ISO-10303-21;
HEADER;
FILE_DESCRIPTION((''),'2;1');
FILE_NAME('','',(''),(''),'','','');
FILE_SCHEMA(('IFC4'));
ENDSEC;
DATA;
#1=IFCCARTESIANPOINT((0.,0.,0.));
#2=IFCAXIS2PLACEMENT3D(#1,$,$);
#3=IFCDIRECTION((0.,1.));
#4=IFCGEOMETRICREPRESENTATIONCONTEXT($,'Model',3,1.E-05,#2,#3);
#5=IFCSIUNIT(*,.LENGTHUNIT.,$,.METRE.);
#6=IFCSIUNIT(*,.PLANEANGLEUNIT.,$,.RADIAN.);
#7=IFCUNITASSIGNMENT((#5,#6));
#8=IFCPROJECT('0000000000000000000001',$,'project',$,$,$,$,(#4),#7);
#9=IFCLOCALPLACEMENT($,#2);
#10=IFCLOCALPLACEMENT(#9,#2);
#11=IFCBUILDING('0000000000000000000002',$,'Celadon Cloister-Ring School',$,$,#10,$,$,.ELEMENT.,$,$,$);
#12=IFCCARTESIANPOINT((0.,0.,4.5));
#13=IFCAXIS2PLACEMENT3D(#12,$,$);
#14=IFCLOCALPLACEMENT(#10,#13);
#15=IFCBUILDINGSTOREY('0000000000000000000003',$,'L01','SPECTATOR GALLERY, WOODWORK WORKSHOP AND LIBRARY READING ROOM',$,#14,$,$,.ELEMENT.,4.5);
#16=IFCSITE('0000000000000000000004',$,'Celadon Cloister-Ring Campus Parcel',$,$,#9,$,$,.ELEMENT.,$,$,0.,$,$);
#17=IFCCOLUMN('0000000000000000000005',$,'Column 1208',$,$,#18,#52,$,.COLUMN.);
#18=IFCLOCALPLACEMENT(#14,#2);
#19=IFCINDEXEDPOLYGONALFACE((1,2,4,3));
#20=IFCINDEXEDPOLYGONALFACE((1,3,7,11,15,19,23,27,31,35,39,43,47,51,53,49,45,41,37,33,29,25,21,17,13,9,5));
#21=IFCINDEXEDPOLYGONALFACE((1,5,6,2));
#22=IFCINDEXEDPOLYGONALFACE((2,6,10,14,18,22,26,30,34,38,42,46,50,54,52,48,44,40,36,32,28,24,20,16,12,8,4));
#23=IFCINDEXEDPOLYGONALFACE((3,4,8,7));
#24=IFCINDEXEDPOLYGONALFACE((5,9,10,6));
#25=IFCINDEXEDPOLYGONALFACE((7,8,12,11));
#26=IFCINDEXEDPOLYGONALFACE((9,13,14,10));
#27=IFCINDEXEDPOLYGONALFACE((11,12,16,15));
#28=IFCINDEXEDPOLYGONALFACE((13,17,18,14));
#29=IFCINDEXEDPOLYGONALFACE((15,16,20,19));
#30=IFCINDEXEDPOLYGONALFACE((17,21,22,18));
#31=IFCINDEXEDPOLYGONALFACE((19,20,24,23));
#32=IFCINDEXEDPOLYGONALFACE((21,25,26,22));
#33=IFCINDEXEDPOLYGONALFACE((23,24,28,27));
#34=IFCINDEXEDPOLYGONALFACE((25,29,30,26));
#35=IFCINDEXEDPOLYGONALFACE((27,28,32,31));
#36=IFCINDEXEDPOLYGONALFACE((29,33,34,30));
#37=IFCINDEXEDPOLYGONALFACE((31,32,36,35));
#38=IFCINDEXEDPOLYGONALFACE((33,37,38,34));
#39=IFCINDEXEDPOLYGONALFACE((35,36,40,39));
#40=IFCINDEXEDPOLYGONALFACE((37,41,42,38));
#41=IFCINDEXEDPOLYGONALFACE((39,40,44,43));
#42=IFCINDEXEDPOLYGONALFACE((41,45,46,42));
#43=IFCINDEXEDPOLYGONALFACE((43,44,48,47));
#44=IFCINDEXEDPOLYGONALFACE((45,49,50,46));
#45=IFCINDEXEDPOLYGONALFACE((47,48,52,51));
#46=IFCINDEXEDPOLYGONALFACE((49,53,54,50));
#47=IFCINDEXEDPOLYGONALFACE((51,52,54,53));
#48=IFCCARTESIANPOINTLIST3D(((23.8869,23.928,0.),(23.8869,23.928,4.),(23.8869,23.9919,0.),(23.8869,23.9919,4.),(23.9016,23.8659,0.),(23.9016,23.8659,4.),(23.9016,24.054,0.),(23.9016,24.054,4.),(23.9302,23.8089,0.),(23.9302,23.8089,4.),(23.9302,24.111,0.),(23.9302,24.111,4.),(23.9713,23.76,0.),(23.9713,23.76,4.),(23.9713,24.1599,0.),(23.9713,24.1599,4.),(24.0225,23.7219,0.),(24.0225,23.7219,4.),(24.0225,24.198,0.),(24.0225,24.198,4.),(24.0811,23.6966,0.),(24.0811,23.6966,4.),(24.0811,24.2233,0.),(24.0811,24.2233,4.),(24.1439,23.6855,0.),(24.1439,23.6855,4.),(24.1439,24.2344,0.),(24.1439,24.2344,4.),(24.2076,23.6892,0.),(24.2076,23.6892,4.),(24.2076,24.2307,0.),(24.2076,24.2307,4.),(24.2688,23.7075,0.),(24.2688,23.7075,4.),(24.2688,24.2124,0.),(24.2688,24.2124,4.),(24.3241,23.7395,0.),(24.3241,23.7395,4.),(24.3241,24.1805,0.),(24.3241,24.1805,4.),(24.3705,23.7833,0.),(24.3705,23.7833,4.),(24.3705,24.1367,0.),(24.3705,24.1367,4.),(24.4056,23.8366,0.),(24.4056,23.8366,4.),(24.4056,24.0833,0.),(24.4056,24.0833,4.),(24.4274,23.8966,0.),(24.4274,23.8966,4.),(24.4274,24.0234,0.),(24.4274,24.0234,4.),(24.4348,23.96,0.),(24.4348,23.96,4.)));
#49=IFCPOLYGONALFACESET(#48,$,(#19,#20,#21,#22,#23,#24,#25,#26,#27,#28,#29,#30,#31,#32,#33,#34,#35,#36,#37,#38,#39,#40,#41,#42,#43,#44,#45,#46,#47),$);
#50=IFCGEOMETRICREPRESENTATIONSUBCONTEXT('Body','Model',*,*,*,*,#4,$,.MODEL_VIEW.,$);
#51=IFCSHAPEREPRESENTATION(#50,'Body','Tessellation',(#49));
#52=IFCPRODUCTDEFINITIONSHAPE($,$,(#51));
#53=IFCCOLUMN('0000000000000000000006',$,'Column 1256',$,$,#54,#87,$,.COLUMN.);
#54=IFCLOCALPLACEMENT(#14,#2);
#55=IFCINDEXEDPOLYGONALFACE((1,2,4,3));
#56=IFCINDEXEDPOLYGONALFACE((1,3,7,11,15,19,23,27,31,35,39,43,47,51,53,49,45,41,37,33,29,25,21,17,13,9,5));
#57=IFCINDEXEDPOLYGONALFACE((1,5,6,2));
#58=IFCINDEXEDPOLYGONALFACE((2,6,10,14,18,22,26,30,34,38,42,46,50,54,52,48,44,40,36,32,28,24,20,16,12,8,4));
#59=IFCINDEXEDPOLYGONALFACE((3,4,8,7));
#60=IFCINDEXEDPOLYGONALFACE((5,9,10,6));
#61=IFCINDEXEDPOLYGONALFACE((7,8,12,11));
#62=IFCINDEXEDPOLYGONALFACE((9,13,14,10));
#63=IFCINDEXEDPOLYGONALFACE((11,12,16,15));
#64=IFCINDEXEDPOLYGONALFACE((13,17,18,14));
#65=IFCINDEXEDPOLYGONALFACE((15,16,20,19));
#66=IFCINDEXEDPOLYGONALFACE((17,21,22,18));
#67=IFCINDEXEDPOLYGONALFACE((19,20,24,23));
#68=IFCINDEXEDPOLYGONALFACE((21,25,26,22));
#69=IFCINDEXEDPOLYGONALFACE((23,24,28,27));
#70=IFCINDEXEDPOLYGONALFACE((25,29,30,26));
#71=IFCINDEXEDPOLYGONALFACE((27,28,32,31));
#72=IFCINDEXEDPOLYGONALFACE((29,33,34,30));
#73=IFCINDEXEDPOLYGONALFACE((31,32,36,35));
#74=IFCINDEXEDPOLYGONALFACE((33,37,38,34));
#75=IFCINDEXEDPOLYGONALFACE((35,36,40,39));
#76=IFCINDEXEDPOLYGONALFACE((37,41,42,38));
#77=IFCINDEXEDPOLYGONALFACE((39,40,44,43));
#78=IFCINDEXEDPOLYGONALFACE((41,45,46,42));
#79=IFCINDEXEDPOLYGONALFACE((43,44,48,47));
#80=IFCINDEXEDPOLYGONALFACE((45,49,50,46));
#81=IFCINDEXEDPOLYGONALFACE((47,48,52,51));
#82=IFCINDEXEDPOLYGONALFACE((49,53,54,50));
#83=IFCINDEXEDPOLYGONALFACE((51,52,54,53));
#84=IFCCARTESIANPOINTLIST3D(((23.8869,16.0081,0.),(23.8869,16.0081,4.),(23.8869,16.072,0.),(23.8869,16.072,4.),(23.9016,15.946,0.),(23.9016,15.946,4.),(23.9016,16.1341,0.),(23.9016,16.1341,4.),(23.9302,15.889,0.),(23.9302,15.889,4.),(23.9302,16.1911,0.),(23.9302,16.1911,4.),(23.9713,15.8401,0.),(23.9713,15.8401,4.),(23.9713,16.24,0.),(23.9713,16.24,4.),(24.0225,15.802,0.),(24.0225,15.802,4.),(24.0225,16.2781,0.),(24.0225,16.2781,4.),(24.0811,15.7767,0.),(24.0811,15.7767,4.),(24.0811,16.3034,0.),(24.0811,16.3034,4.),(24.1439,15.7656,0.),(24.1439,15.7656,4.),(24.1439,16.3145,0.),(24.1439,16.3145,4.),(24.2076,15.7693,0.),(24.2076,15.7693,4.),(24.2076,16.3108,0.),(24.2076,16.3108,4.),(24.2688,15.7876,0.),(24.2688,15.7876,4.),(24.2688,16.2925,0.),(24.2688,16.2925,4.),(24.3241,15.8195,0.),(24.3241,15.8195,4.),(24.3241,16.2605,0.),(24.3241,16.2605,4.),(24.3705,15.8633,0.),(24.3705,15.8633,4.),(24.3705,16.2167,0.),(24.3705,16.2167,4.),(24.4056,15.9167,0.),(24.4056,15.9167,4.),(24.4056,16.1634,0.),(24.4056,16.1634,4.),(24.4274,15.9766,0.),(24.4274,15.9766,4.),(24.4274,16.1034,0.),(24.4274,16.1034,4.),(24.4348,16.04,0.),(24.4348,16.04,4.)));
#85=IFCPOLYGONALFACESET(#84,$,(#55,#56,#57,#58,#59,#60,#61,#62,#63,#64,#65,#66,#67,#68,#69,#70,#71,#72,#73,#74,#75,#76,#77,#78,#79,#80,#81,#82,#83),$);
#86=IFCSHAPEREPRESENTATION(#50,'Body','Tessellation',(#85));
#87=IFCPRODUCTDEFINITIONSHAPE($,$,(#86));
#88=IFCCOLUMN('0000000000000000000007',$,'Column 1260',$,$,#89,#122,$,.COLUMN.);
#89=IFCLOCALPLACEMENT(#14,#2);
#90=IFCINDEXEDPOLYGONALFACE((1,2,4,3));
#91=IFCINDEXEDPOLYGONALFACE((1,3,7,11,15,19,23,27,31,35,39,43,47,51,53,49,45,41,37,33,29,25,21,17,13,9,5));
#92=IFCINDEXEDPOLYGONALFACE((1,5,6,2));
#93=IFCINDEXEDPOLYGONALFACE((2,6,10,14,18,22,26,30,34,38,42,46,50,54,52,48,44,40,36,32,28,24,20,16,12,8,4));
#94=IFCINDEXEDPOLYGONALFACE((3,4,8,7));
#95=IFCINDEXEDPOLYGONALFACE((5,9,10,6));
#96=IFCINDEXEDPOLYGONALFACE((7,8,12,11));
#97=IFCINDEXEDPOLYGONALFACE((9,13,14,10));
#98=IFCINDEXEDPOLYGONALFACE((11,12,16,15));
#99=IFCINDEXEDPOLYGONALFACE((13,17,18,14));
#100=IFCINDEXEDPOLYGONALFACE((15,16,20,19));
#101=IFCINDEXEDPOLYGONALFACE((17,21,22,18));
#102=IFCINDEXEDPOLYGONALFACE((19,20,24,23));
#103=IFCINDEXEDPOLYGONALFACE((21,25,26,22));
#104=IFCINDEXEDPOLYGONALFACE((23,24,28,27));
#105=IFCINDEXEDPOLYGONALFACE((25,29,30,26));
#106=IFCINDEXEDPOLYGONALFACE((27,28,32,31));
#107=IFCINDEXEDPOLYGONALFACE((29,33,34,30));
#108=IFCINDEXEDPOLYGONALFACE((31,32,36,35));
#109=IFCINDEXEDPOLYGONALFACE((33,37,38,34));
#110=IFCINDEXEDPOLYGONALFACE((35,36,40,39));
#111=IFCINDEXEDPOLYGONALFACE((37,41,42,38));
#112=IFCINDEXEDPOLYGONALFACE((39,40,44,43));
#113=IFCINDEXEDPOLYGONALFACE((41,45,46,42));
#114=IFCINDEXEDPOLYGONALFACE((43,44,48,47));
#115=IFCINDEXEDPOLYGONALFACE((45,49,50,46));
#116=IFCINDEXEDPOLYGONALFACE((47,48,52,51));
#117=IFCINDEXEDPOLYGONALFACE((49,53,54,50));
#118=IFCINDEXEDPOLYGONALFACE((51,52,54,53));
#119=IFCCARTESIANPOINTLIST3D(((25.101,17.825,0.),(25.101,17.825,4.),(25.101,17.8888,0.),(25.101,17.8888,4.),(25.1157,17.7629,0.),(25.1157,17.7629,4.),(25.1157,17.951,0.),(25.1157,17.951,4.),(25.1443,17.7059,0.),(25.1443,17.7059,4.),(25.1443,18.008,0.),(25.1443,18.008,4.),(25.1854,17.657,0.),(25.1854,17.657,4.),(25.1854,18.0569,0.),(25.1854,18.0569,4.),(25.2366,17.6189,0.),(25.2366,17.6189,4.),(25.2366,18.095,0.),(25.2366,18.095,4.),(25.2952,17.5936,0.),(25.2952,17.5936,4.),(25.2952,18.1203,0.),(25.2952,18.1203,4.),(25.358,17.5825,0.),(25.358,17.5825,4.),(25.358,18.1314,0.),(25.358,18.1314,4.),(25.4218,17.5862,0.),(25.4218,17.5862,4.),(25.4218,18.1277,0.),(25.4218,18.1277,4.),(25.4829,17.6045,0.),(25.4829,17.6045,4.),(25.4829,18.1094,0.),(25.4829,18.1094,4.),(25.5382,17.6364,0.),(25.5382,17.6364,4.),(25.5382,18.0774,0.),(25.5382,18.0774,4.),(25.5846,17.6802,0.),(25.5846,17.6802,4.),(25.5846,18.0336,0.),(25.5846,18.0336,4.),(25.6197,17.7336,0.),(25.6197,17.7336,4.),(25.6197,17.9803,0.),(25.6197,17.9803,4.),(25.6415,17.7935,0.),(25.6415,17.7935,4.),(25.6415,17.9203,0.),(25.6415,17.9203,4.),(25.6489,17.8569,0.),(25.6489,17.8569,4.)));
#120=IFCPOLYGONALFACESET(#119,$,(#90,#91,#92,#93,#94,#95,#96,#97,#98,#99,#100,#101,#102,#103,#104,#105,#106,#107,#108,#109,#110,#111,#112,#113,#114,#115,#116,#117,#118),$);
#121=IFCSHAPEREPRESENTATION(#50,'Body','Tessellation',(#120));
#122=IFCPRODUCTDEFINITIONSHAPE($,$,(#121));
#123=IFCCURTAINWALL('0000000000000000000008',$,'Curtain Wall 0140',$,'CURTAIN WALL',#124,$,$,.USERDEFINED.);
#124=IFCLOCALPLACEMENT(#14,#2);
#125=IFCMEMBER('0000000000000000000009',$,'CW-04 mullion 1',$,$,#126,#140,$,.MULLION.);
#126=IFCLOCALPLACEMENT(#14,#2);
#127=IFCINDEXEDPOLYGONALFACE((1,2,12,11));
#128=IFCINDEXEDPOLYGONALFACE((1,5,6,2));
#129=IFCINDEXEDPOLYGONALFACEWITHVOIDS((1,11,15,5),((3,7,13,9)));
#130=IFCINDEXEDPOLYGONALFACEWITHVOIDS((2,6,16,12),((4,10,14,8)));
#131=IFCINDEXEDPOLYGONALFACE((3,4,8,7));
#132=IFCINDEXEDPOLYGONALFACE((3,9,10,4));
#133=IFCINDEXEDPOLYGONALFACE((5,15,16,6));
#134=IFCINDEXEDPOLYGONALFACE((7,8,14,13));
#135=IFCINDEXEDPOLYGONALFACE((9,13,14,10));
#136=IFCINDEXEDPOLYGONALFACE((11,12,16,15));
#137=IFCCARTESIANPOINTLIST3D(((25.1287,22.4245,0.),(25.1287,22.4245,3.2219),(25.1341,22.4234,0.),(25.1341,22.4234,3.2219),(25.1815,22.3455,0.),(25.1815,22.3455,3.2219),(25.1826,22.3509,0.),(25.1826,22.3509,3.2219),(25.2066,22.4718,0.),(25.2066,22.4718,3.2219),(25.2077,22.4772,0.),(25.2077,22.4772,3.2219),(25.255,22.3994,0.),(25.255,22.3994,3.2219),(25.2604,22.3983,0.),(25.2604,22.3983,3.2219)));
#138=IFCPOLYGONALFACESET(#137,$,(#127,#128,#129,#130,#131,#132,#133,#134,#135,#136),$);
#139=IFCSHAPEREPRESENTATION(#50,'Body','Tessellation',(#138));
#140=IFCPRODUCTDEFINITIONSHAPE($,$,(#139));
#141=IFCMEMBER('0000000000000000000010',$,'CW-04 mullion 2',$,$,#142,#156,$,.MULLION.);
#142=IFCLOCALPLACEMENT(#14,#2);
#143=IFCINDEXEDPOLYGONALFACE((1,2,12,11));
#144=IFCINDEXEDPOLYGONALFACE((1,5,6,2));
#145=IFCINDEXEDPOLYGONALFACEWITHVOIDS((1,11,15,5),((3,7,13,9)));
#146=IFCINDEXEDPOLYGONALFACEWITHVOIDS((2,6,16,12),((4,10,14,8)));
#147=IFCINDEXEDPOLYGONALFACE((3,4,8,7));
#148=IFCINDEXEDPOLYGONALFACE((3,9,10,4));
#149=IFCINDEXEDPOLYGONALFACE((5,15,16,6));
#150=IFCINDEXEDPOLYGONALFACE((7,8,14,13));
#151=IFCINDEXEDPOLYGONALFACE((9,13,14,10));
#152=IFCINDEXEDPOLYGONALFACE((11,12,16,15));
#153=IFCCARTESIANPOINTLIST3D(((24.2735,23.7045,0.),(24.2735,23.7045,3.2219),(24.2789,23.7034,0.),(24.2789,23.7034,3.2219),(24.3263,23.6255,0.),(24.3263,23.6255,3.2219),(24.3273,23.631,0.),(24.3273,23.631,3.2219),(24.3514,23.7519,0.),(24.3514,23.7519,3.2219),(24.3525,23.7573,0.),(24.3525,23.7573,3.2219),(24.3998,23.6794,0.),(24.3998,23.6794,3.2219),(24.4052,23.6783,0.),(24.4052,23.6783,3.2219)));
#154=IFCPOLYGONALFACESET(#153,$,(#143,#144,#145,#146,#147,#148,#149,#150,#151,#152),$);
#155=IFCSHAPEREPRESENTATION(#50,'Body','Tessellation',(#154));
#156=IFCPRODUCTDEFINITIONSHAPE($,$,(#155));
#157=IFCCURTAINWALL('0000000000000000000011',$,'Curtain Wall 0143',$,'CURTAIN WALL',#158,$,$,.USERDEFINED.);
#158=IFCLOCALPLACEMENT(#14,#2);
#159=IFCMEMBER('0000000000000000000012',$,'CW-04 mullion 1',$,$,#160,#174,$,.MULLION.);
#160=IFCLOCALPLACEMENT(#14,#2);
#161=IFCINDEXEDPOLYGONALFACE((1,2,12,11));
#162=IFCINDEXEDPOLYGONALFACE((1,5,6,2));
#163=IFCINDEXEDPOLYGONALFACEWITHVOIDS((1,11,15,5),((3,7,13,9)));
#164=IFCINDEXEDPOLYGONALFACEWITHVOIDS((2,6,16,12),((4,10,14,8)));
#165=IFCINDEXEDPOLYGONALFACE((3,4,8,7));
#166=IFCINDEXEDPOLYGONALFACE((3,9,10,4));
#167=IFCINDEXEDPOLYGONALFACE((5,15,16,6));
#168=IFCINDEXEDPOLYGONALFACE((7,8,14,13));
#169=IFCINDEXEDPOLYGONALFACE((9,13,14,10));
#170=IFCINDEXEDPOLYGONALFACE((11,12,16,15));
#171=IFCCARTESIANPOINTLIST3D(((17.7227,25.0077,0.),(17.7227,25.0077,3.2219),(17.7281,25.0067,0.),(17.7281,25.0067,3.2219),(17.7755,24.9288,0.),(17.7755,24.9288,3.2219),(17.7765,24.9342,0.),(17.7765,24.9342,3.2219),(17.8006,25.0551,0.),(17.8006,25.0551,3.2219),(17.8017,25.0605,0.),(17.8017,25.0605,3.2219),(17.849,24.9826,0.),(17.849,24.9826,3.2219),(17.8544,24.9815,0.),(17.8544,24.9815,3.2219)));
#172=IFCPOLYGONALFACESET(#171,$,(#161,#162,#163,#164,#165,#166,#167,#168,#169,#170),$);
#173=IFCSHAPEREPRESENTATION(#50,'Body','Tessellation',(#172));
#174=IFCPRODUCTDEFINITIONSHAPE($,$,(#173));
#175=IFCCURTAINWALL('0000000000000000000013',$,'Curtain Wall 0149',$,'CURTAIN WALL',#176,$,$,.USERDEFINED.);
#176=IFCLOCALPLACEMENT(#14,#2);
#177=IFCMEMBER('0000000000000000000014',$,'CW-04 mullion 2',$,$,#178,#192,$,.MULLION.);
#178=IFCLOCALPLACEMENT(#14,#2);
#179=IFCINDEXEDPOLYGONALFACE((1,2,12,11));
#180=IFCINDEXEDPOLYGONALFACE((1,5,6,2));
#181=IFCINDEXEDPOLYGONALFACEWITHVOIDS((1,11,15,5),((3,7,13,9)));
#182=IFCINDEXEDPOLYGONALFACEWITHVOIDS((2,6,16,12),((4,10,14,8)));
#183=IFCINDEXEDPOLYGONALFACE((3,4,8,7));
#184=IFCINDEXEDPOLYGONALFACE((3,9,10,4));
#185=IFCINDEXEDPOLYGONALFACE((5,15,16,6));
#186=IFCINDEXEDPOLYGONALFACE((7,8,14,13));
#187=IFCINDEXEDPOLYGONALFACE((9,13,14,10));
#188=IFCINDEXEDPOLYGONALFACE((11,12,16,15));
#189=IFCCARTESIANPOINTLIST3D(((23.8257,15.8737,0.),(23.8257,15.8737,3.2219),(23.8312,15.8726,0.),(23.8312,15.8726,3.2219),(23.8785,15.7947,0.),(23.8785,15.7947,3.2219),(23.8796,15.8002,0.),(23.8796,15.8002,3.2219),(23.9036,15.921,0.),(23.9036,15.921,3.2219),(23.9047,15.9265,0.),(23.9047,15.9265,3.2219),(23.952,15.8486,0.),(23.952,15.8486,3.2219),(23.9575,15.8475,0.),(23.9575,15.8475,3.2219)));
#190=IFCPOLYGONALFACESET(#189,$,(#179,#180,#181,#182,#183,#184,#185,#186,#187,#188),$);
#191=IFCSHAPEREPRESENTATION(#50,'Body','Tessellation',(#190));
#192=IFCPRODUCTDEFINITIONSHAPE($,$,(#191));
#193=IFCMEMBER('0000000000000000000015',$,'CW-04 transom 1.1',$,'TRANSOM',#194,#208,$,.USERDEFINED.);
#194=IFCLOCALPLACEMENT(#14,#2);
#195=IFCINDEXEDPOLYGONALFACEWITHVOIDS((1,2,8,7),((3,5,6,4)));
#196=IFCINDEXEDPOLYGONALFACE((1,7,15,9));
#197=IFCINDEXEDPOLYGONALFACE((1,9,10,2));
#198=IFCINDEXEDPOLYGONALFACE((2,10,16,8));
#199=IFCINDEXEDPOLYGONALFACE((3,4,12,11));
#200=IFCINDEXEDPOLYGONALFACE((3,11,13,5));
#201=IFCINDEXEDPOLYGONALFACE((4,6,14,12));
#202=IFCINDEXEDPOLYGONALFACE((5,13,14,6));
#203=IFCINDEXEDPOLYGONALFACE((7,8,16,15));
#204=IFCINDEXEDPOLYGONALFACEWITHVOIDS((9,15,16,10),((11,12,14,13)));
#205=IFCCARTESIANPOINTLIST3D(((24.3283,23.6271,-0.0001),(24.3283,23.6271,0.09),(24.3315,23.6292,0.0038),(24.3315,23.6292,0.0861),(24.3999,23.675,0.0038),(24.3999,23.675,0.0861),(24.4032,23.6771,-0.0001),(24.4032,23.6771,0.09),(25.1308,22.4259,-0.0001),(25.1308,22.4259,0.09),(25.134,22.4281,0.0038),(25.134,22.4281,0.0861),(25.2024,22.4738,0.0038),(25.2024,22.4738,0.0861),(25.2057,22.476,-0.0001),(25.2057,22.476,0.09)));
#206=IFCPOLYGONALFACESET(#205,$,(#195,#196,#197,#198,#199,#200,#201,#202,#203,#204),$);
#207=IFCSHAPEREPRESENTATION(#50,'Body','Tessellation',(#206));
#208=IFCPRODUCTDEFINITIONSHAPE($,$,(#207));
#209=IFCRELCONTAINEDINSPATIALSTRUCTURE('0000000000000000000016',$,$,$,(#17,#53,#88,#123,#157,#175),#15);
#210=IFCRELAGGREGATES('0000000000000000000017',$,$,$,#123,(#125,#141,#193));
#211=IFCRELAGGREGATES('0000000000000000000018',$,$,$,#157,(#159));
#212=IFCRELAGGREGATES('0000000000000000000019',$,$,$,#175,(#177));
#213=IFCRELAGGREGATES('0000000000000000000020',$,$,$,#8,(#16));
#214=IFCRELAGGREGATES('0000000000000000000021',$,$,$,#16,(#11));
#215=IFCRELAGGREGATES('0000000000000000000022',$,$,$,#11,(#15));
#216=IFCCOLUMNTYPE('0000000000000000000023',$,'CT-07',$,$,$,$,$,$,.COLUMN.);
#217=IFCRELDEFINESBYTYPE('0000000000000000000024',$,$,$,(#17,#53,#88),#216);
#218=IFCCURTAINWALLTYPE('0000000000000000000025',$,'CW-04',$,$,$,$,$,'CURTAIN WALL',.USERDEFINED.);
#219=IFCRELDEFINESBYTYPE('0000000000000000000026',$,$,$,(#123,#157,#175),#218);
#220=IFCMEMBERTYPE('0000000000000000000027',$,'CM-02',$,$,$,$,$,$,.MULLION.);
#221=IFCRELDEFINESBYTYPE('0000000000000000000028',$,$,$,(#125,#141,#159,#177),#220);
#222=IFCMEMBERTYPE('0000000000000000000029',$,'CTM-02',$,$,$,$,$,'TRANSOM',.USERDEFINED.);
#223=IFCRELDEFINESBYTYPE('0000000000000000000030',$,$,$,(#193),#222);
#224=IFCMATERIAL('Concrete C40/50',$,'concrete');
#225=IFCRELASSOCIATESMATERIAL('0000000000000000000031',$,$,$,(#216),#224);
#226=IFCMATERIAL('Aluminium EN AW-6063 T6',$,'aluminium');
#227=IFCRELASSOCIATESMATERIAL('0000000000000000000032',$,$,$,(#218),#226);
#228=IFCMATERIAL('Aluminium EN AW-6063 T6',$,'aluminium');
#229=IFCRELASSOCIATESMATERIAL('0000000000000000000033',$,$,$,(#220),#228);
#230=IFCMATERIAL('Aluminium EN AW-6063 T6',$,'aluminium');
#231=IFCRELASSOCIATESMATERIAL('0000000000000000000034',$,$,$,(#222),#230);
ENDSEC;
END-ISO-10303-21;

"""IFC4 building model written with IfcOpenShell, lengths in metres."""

from ifc_helpers import new_model, si_unit, direction, frame, origin, origin_2d, place, context, subcontext, project, spatial, hollow_rectangle, circle, extrude, material, material_profile, profile_set, type_object, element, aggregate, save


model = new_model("IFC4")

# Units and contexts
model_context = context("Model", 3, precision=1e-05, world=origin(), true_north=direction((0.0, 1.0)))
body_context = subcontext(model_context, "Body", "Model", "MODEL_VIEW")
ifc_project = project(units=[si_unit("LENGTHUNIT", "METRE"), si_unit("PLANEANGLEUNIT", "RADIAN")], contexts=[model_context])

# Site, building, storey
site_placement = place(None, origin())
site = spatial("IfcSite", under=ifc_project, at=site_placement, Name="Celadon Cloister-Ring Campus Parcel", CompositionType="ELEMENT", RefElevation=0.0)
building_placement = place(site_placement, origin())
building = spatial("IfcBuilding", under=site, at=building_placement, Name="Celadon Cloister-Ring School", CompositionType="ELEMENT")
storey_placement = place(building_placement, frame((0.0, 0.0, 4.5)))
storey = spatial("IfcBuildingStorey", under=building, at=storey_placement, Name="L01", Description="SPECTATOR GALLERY, WOODWORK WORKSHOP AND LIBRARY READING ROOM", CompositionType="ELEMENT", Elevation=4.5)

# Columns
ifc_material_1 = material(Name="Concrete C40/50", Category="concrete")
ifc_material_profile_1 = material_profile(ifc_material_1, circle(Radius=0.2749, at=origin_2d()), Name="CIRC550")
ifc_profile_set_1 = profile_set([ifc_material_profile_1], Name="Concrete C40/50")
column_type = type_object("IfcColumnType", Name="CT-07", PredefinedType="COLUMN", material=ifc_profile_set_1)
for number, where, z_axis, x_axis, name in (
    (1, (24.1599, 23.96, 0.0), (0.0, 0.0, 1.0), (1.0, 0.0, 0.0), "Column 1208"),
    (2, (24.1599, 16.04, 0.0), (0.0, 0.0, 1.0), (1.0, 0.0, 0.0), "Column 1256"),
    (3, (25.374, 17.8569, 0.0), (0.0, 0.0, 1.0), (1.0, 0.0, 0.0), "Column 1260"),
):
    element("IfcColumn", number, at=place(storey_placement, frame(where, z_axis=z_axis, x_axis=x_axis)), inside=storey, type_object=column_type, Name=name, PredefinedType="COLUMN", context=body_context, shape_type="SweptSolid", body=[
        extrude(circle(Radius=0.2749, at=origin_2d()), origin(), (0.0, 0.0, 1.0), 4.0),
    ])

# Curtain wall, members
ifc_material_2 = material(Name="Aluminium EN AW-6063 T6", Category="aluminium")
curtain_wall_type = type_object("IfcCurtainWallType", Name="CW-04", ElementType="CURTAIN WALL", PredefinedType="USERDEFINED", material=ifc_material_2)
curtain_wall_1_placement = place(storey_placement, origin())
curtain_wall_1 = element("IfcCurtainWall", 4, at=curtain_wall_1_placement, inside=storey, type_object=curtain_wall_type, Name="Curtain Wall 0140", ObjectType="CURTAIN WALL", PredefinedType="USERDEFINED")
ifc_material_3 = material(Name="Aluminium EN AW-6063 T6", Category="aluminium")
ifc_material_profile_2 = material_profile(ifc_material_3, hollow_rectangle(XDim=0.095, YDim=0.095, WallThickness=0.0039, at=origin_2d()), Name="RHS95X95X4")
ifc_profile_set_2 = profile_set([ifc_material_profile_2], Name="Aluminium EN AW-6063 T6")
member_type_1 = type_object("IfcMemberType", Name="CM-02", PredefinedType="MULLION", material=ifc_profile_set_2)
member_1_placement = place(storey_placement, frame((25.1946, 22.4114, 0.0), z_axis=(0.0, 0.0, 1.0), x_axis=(-0.831485, -0.555547, 0.0)))
member_1 = element("IfcMember", 5, at=member_1_placement, type_object=member_type_1, Name="CW-04 mullion 1", PredefinedType="MULLION", context=body_context, shape_type="SweptSolid", body=[
    extrude(hollow_rectangle(XDim=0.095, YDim=0.095, WallThickness=0.0039, at=origin_2d()), origin(), (0.0, 0.0, 1.0), 3.2219),
])
member_2_placement = place(storey_placement, frame((24.3394, 23.6914, 0.0), z_axis=(0.0, 0.0, 1.0), x_axis=(-0.831485, -0.555547, 0.0)))
member_2 = element("IfcMember", 6, at=member_2_placement, type_object=member_type_1, Name="CW-04 mullion 2", PredefinedType="MULLION", context=body_context, shape_type="SweptSolid", body=[
    extrude(hollow_rectangle(XDim=0.095, YDim=0.095, WallThickness=0.0039, at=origin_2d()), origin(), (0.0, 0.0, 1.0), 3.2219),
])

# Curtain walls, members
curtain_wall_2_placement = place(storey_placement, origin())
curtain_wall_2 = element("IfcCurtainWall", 7, at=curtain_wall_2_placement, inside=storey, type_object=curtain_wall_type, Name="Curtain Wall 0143", ObjectType="CURTAIN WALL", PredefinedType="USERDEFINED")
member_3_placement = place(storey_placement, frame((17.7886, 24.9946, 0.0), z_axis=(0.0, 0.0, 1.0), x_axis=(0.555547, -0.831485, 0.0)))
member_3 = element("IfcMember", 8, at=member_3_placement, type_object=member_type_1, Name="CW-04 mullion 1", PredefinedType="MULLION", context=body_context, shape_type="SweptSolid", body=[
    extrude(hollow_rectangle(XDim=0.095, YDim=0.095, WallThickness=0.0039, at=origin_2d()), origin(), (0.0, 0.0, 1.0), 3.2219),
])
curtain_wall_3_placement = place(storey_placement, origin())
curtain_wall_3 = element("IfcCurtainWall", 9, at=curtain_wall_3_placement, inside=storey, type_object=curtain_wall_type, Name="Curtain Wall 0149", ObjectType="CURTAIN WALL", PredefinedType="USERDEFINED")
member_4_placement = place(storey_placement, frame((23.8916, 15.8606, 0.0), z_axis=(0.0, 0.0, 1.0), x_axis=(-0.555547, 0.831485, 0.0)))
member_4 = element("IfcMember", 10, at=member_4_placement, type_object=member_type_1, Name="CW-04 mullion 2", PredefinedType="MULLION", context=body_context, shape_type="SweptSolid", body=[
    extrude(hollow_rectangle(XDim=0.095, YDim=0.095, WallThickness=0.0039, at=origin_2d()), origin(), (0.0, 0.0, 1.0), 3.2219),
])

# Member
ifc_material_4 = material(Name="Aluminium EN AW-6063 T6", Category="aluminium")
ifc_material_profile_3 = material_profile(ifc_material_4, hollow_rectangle(XDim=0.0901, YDim=0.0901, WallThickness=0.0039, at=origin_2d()), Name="RHS90X90X4")
ifc_profile_set_3 = profile_set([ifc_material_profile_3], Name="Aluminium EN AW-6063 T6")
member_type_2 = type_object("IfcMemberType", Name="CTM-02", ElementType="TRANSOM", PredefinedType="USERDEFINED", material=ifc_profile_set_3)
member_5_placement = place(storey_placement, frame((25.1682, 22.4509, 0.0449), z_axis=(-0.555519, 0.831504, 0.0), x_axis=(-0.831504, -0.555519, 0.0)))
member_5 = element("IfcMember", 11, at=member_5_placement, type_object=member_type_2, Name="CW-04 transom 1.1", ObjectType="TRANSOM", PredefinedType="USERDEFINED", context=body_context, shape_type="SweptSolid", body=[
    extrude(hollow_rectangle(XDim=0.0901, YDim=0.0901, WallThickness=0.0039, at=origin_2d()), origin(), (0.0, 0.0, 1.0), 1.4446),
])

aggregate(curtain_wall_1, [member_1, member_2, member_5])
aggregate(curtain_wall_2, [member_3])
aggregate(curtain_wall_3, [member_4])

save(model, "model.ifc")
